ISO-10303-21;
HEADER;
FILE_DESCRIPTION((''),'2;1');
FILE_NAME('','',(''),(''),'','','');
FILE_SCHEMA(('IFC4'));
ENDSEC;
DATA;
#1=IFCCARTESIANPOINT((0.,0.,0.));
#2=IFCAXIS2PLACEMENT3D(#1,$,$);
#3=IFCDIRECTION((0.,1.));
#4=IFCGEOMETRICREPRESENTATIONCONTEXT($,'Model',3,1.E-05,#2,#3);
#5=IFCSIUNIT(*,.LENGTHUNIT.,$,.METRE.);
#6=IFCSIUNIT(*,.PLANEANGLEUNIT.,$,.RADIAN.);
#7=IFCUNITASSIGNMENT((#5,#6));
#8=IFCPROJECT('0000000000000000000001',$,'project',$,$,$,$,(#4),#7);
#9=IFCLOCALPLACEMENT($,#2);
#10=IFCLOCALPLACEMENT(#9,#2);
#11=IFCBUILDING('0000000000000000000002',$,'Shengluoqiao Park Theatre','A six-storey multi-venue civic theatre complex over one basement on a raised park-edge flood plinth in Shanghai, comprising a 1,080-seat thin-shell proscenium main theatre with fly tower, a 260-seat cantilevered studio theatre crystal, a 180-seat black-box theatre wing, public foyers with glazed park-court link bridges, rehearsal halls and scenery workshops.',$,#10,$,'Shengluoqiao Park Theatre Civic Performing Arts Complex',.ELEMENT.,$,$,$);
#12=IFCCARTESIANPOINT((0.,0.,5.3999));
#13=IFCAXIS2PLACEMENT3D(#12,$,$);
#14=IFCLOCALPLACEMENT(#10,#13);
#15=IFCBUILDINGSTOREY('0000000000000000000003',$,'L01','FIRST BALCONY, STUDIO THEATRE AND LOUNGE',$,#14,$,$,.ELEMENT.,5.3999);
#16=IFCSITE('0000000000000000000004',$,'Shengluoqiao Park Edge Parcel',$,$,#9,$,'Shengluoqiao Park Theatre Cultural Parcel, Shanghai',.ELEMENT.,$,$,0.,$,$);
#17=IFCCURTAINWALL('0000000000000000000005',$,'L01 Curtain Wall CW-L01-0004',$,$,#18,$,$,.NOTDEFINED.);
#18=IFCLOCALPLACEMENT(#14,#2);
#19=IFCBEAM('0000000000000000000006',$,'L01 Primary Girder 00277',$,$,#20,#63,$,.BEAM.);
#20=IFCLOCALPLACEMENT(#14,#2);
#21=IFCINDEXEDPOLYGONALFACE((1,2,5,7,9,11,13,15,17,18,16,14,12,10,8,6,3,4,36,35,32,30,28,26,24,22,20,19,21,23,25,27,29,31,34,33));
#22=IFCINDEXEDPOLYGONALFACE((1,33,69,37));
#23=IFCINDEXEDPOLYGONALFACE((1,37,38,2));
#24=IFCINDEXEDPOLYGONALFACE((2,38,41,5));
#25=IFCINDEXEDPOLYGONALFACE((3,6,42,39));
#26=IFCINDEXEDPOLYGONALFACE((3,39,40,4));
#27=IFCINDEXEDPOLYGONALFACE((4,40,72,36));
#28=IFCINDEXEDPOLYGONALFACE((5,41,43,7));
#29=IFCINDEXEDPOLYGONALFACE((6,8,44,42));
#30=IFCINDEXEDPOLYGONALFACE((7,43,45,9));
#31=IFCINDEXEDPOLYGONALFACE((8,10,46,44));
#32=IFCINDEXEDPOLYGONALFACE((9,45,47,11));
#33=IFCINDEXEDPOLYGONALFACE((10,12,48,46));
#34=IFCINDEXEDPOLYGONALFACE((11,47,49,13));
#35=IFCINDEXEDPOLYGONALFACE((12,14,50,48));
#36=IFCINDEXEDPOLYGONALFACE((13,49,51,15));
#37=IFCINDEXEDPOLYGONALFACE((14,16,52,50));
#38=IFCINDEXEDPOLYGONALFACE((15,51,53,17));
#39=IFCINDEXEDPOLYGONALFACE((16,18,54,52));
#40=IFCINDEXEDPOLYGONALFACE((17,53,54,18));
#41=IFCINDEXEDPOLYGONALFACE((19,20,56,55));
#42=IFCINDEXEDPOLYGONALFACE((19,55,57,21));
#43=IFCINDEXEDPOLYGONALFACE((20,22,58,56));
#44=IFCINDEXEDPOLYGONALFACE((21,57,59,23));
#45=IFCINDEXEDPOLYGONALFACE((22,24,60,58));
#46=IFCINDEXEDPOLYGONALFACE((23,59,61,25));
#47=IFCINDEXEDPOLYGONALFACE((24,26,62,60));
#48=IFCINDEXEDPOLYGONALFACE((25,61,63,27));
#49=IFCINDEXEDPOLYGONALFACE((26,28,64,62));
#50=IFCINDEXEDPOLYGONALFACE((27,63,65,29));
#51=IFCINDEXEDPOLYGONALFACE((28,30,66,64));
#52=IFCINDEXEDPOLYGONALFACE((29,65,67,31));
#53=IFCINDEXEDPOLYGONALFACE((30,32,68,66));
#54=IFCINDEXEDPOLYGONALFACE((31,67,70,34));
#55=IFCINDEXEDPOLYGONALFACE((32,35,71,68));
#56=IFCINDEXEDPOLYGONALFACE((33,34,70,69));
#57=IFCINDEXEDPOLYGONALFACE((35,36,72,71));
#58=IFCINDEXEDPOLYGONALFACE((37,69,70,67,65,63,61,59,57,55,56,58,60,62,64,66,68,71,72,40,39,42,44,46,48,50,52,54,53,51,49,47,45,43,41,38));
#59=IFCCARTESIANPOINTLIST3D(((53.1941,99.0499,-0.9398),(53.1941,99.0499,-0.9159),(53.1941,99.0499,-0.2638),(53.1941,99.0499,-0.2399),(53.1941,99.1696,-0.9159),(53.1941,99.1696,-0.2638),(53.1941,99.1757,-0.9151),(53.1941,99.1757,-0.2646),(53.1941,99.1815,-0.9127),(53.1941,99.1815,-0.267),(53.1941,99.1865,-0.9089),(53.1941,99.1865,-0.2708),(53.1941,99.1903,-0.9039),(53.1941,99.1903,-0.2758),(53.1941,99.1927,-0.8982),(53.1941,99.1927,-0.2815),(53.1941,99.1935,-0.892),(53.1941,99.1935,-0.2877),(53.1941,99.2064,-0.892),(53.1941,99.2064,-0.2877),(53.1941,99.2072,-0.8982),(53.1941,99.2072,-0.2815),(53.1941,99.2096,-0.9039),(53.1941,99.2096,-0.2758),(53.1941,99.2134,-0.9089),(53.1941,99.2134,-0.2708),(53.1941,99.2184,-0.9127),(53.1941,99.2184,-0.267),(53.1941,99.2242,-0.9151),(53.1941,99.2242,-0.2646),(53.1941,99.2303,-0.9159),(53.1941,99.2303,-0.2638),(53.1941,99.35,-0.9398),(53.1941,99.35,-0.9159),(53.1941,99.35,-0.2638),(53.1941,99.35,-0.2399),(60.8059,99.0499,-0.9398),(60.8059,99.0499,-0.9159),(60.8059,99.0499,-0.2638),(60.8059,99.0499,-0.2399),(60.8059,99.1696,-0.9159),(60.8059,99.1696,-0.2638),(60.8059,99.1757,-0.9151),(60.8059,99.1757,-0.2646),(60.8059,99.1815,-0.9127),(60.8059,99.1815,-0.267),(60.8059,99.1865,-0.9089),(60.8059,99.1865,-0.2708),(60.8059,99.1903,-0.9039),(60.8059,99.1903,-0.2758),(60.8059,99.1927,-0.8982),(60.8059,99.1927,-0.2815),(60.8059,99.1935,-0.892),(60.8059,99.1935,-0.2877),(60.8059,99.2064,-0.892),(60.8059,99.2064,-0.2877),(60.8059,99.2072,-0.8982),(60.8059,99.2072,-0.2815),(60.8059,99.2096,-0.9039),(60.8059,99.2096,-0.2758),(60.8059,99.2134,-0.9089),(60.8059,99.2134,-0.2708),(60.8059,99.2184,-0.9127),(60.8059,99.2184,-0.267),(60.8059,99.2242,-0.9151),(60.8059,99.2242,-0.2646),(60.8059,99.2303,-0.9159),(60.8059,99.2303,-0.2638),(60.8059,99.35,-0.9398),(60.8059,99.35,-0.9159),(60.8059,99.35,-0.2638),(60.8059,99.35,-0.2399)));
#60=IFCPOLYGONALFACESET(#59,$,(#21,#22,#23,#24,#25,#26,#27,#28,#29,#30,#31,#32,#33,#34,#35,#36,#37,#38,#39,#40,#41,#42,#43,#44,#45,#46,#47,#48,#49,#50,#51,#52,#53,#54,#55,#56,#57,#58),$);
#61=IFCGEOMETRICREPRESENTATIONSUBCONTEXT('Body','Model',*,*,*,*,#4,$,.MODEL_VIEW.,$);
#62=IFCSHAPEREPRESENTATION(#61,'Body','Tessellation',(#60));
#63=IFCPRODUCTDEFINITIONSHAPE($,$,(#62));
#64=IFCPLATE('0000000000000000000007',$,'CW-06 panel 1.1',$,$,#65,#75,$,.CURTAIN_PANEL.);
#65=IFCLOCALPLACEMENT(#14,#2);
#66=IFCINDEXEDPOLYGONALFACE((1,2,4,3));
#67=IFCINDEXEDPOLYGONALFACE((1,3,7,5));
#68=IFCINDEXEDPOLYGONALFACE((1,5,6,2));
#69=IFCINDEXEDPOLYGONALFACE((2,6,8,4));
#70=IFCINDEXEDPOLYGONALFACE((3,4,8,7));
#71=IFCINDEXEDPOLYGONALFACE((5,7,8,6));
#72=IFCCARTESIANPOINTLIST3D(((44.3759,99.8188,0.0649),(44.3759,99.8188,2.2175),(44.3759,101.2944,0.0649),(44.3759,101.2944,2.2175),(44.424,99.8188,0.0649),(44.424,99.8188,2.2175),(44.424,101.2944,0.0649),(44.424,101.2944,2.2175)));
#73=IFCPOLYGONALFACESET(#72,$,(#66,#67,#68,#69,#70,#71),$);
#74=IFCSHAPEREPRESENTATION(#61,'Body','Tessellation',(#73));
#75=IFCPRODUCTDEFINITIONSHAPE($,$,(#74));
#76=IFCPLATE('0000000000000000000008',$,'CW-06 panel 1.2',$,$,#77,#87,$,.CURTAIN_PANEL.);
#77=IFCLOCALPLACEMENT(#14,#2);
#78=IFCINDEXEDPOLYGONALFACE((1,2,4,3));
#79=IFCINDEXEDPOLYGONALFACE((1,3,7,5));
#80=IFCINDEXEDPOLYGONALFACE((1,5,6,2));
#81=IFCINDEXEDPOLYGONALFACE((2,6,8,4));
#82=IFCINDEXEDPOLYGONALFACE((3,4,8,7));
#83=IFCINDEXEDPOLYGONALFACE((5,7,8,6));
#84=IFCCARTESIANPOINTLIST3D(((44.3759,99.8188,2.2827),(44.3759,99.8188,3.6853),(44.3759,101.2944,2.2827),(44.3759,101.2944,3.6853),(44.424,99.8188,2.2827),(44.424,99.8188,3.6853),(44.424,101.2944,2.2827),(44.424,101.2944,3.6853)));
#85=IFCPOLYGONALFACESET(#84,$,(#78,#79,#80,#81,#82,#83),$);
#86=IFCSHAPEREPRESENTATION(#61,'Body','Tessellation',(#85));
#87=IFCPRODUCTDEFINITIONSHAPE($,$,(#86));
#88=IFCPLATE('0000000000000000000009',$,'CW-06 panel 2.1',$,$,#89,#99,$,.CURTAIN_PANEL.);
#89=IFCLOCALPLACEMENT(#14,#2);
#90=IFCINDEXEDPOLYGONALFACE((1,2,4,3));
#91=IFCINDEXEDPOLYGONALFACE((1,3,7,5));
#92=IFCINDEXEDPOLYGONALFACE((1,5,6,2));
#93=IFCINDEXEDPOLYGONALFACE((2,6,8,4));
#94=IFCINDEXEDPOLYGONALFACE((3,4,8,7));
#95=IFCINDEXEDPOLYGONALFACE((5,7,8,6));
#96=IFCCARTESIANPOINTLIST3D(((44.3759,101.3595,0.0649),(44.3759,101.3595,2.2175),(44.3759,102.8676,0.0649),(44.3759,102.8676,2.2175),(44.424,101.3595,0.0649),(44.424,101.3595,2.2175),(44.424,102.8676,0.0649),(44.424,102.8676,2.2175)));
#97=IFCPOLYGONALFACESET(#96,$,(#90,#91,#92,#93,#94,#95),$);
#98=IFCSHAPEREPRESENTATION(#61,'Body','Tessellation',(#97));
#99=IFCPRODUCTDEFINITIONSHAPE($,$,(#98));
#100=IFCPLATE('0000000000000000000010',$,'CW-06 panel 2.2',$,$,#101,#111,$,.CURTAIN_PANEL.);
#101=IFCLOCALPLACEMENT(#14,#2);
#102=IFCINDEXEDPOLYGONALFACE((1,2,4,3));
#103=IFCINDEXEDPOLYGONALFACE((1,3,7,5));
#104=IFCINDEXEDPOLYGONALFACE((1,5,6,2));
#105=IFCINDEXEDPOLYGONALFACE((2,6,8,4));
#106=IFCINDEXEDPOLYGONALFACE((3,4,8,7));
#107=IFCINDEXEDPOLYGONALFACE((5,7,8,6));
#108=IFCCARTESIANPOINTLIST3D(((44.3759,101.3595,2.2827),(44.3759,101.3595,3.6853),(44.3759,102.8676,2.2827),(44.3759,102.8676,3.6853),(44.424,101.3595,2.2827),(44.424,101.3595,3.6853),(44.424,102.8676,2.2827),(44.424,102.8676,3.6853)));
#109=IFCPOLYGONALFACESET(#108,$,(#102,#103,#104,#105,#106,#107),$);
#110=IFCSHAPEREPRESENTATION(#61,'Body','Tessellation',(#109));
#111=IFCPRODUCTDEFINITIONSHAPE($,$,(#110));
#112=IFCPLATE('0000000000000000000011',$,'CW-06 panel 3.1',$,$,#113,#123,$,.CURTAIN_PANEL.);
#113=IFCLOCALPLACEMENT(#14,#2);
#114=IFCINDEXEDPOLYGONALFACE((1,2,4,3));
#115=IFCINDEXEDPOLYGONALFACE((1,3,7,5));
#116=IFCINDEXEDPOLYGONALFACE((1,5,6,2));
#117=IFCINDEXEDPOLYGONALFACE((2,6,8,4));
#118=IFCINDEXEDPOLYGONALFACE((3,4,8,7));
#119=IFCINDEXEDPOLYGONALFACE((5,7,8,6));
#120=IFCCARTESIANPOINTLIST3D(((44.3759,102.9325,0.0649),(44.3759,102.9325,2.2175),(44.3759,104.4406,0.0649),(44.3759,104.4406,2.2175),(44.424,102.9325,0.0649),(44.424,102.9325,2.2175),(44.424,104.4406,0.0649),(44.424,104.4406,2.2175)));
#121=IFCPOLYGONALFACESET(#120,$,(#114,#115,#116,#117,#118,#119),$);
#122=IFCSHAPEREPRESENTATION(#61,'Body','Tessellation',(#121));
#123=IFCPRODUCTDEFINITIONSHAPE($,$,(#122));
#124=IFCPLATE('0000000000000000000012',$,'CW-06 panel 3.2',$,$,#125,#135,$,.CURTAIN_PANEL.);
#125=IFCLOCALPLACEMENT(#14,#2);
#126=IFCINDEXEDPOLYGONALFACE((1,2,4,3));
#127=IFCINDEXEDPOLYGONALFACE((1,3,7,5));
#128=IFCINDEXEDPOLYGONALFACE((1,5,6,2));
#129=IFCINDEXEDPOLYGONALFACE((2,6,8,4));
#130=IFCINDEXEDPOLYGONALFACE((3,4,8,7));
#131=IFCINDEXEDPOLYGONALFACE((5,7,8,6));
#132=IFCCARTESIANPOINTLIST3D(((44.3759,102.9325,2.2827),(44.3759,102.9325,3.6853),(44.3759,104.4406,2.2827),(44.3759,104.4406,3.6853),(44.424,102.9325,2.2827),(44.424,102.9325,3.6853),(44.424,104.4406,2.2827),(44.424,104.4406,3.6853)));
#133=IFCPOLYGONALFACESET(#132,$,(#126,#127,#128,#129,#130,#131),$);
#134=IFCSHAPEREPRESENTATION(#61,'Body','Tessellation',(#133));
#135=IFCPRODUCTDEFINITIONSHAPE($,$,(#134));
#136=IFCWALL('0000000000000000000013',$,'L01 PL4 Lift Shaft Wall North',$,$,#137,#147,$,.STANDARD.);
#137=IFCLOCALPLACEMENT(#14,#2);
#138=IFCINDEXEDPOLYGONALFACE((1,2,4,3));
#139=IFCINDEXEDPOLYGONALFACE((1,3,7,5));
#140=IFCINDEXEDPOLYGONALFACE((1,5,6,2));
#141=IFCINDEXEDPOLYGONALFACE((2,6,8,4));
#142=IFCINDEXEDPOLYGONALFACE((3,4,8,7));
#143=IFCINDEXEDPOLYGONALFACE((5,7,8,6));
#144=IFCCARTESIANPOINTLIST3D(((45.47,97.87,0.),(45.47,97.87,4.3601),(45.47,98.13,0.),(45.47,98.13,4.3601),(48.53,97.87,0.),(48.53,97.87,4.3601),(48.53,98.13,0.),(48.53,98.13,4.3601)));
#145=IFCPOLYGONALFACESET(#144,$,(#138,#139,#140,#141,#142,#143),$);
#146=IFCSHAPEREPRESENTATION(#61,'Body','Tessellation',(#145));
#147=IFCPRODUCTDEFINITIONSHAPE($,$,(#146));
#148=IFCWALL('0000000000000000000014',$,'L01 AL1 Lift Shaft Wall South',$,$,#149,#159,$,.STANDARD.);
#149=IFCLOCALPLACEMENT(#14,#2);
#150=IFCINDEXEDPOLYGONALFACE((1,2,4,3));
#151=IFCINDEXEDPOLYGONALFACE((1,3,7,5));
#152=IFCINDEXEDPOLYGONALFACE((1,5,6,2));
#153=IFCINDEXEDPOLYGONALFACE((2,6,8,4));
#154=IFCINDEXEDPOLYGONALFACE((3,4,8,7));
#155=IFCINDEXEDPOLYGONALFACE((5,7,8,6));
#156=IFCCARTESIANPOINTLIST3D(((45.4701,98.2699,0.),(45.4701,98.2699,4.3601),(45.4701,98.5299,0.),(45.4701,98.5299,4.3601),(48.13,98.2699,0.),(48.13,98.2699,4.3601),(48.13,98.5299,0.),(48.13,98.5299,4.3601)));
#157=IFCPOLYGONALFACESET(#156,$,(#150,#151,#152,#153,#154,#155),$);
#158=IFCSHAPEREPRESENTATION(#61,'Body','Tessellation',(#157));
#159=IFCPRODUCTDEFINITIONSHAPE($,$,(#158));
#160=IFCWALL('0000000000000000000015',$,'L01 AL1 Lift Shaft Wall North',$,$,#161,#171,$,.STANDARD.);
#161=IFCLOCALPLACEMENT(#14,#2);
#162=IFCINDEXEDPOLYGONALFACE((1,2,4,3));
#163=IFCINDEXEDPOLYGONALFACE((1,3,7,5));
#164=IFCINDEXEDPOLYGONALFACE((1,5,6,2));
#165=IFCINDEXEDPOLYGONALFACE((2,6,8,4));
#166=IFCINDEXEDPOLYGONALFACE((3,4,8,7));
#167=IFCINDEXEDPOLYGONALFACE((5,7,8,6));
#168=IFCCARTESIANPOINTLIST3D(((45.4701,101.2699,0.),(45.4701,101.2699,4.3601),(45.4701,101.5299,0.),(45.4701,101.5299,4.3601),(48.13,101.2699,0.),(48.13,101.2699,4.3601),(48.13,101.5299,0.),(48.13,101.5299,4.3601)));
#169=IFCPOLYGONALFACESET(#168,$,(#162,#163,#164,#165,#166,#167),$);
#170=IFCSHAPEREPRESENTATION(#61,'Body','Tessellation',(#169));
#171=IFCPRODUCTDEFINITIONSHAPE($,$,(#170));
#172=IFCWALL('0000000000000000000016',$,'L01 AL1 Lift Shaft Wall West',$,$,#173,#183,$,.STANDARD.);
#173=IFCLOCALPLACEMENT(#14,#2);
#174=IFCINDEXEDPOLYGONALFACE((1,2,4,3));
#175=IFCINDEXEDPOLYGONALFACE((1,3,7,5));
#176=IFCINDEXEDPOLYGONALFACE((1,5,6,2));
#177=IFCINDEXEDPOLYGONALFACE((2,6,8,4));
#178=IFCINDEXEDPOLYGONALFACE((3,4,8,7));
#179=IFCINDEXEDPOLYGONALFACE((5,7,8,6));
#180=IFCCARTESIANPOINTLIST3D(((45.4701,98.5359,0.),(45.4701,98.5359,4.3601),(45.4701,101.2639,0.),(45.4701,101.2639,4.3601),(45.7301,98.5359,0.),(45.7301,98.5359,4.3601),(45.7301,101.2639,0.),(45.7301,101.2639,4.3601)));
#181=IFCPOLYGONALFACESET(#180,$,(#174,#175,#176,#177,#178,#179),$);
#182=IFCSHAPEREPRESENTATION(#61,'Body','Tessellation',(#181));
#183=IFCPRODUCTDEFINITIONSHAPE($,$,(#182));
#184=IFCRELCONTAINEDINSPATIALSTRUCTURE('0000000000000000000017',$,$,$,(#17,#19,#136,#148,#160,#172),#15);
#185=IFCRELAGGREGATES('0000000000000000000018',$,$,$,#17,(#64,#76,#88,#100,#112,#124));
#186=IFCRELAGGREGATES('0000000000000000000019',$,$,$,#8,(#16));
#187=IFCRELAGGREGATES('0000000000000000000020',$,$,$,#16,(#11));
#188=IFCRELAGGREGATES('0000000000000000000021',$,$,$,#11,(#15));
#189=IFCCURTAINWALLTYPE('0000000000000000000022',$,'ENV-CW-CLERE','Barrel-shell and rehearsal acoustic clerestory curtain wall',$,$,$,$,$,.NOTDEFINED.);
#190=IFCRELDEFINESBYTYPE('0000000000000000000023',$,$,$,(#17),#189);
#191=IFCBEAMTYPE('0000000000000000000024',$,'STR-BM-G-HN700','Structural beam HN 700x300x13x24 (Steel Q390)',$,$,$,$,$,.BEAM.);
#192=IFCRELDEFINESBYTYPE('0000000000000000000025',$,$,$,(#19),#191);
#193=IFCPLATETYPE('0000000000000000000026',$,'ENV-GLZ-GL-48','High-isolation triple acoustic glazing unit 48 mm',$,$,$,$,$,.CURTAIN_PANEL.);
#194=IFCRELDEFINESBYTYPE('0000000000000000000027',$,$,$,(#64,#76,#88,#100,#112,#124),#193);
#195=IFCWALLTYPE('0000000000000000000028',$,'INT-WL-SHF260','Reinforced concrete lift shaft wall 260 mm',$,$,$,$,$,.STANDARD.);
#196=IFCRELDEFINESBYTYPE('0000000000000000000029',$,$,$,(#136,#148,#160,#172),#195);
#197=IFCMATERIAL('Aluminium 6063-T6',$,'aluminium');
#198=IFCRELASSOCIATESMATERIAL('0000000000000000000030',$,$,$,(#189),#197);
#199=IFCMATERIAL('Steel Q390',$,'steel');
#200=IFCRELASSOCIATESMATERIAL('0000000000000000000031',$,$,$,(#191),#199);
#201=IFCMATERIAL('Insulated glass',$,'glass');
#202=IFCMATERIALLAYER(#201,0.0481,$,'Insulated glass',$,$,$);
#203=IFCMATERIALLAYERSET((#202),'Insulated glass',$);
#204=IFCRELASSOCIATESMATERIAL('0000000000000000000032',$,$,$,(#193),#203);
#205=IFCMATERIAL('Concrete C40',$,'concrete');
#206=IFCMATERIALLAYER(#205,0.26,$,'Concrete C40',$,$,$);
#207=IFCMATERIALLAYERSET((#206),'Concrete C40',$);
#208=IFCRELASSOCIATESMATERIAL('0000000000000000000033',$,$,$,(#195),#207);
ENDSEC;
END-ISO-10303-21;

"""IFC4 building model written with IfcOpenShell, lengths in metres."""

from ifc_helpers import new_model, si_unit, direction, frame, frame_2d, origin, origin_2d, place, context, subcontext, project, spatial, rectangle, i_section, extrude, material, layer, layer_set, material_profile, profile_set, type_object, element, aggregate, save


model = new_model("IFC4")

# Units and contexts
model_context = context("Model", 3, precision=1e-05, world=origin(), true_north=direction((0.0, 1.0)))
body_context = subcontext(model_context, "Body", "Model", "MODEL_VIEW")
ifc_project = project(units=[si_unit("LENGTHUNIT", "METRE"), si_unit("PLANEANGLEUNIT", "RADIAN")], contexts=[model_context])

# Site, building, storey
site_placement = place(None, origin())
site = spatial("IfcSite", under=ifc_project, at=site_placement, Name="Shengluoqiao Park Edge Parcel", LongName="Shengluoqiao Park Theatre Cultural Parcel, Shanghai", CompositionType="ELEMENT", RefElevation=0.0)
building_placement = place(site_placement, origin())
building = spatial("IfcBuilding", under=site, at=building_placement, Name="Shengluoqiao Park Theatre", Description="A six-storey multi-venue civic theatre complex over one basement on a raised park-edge flood plinth in Shanghai, comprising a 1,080-seat thin-shell proscenium main theatre with fly tower, a 260-seat cantilevered studio theatre crystal, a 180-seat black-box theatre wing, public foyers with glazed park-court link bridges, rehearsal halls and scenery workshops.", LongName="Shengluoqiao Park Theatre Civic Performing Arts Complex", CompositionType="ELEMENT")
storey_placement = place(building_placement, frame((0.0, 0.0, 5.3999)))
storey = spatial("IfcBuildingStorey", under=building, at=storey_placement, Name="L01", Description="FIRST BALCONY, STUDIO THEATRE AND LOUNGE", CompositionType="ELEMENT", Elevation=5.3999)

# Curtain wall
ifc_material_1 = material(Name="Aluminium 6063-T6", Category="aluminium")
curtain_wall_type = type_object("IfcCurtainWallType", Name="ENV-CW-CLERE", Description="Barrel-shell and rehearsal acoustic clerestory curtain wall", PredefinedType="NOTDEFINED", material=ifc_material_1)
curtain_wall_placement = place(storey_placement, origin())
curtain_wall = element("IfcCurtainWall", 1, at=curtain_wall_placement, inside=storey, type_object=curtain_wall_type, Name="L01 Curtain Wall CW-L01-0004", PredefinedType="NOTDEFINED")

# Beam
ifc_material_2 = material(Name="Steel Q390", Category="steel")
ifc_material_profile_1 = material_profile(ifc_material_2, i_section(OverallWidth=0.3, OverallDepth=0.7, WebThickness=0.0129, FlangeThickness=0.0239, FilletRadius=0.0239, at=origin_2d()), Name="HN 700x300x13x24")
ifc_profile_set_1 = profile_set([ifc_material_profile_1], Name="Steel Q390")
beam_type_1 = type_object("IfcBeamType", Name="STR-BM-G-HN700", Description="Structural beam HN 700x300x13x24 (Steel Q390)", PredefinedType="BEAM", material=ifc_profile_set_1)
beam_1_placement = place(storey_placement, frame((53.1941, 99.2, -0.5898), z_axis=(1.0, 0.0, 0.0), x_axis=(0.0, 1.0, 0.0)))
element("IfcBeam", 2, at=beam_1_placement, inside=storey, type_object=beam_type_1, Name="L01 Primary Girder 00277", PredefinedType="BEAM", context=body_context, shape_type="SweptSolid", body=[
    extrude(i_section(OverallWidth=0.3, OverallDepth=0.7, WebThickness=0.0129, FlangeThickness=0.0239, FilletRadius=0.0239, at=origin_2d()), origin(), (0.0, 0.0, 1.0), 7.6118),
])

# Plates
ifc_material_3 = material(Name="Insulated glass", Category="glass")
ifc_layer_1 = layer(ifc_material_3, 0.0481, Name="Insulated glass")
ifc_layer_set_1 = layer_set([ifc_layer_1], Name="Insulated glass")
plate_type = type_object("IfcPlateType", Name="ENV-GLZ-GL-48", Description="High-isolation triple acoustic glazing unit 48 mm", PredefinedType="CURTAIN_PANEL", material=ifc_layer_set_1)
plate_1_placement = place(storey_placement, frame((44.3999, 100.5566, 0.0649), z_axis=(0.0, 0.0, 1.0), x_axis=(0.0, 1.0, 0.0)))
plate_1 = element("IfcPlate", 3, at=plate_1_placement, type_object=plate_type, Name="CW-06 panel 1.1", PredefinedType="CURTAIN_PANEL", context=body_context, shape_type="SweptSolid", body=[
    extrude(rectangle(XDim=1.4756, YDim=0.0481, at=origin_2d()), origin(), (0.0, 0.0, 1.0), 2.1526),
])
plate_2_placement = place(storey_placement, frame((44.3999, 100.5566, 2.2827), z_axis=(0.0, 0.0, 1.0), x_axis=(0.0, 1.0, 0.0)))
plate_2 = element("IfcPlate", 4, at=plate_2_placement, type_object=plate_type, Name="CW-06 panel 1.2", PredefinedType="CURTAIN_PANEL", context=body_context, shape_type="SweptSolid", body=[
    extrude(rectangle(XDim=1.4756, YDim=0.0481, at=origin_2d()), origin(), (0.0, 0.0, 1.0), 1.4026),
])
plate_3_placement = place(storey_placement, frame((44.3999, 102.1135, 0.0649), z_axis=(0.0, 0.0, 1.0), x_axis=(0.0, 1.0, 0.0)))
plate_3 = element("IfcPlate", 5, at=plate_3_placement, type_object=plate_type, Name="CW-06 panel 2.1", PredefinedType="CURTAIN_PANEL", context=body_context, shape_type="SweptSolid", body=[
    extrude(rectangle(XDim=1.5081, YDim=0.0481, at=origin_2d()), origin(), (0.0, 0.0, 1.0), 2.1526),
])
plate_4_placement = place(storey_placement, frame((44.3999, 102.1135, 2.2827), z_axis=(0.0, 0.0, 1.0), x_axis=(0.0, 1.0, 0.0)))
plate_4 = element("IfcPlate", 6, at=plate_4_placement, type_object=plate_type, Name="CW-06 panel 2.2", PredefinedType="CURTAIN_PANEL", context=body_context, shape_type="SweptSolid", body=[
    extrude(rectangle(XDim=1.5081, YDim=0.0481, at=origin_2d()), origin(), (0.0, 0.0, 1.0), 1.4026),
])
plate_5_placement = place(storey_placement, frame((44.3999, 103.6865, 0.0649), z_axis=(0.0, 0.0, 1.0), x_axis=(0.0, 1.0, 0.0)))
plate_5 = element("IfcPlate", 7, at=plate_5_placement, type_object=plate_type, Name="CW-06 panel 3.1", PredefinedType="CURTAIN_PANEL", context=body_context, shape_type="SweptSolid", body=[
    extrude(rectangle(XDim=1.5081, YDim=0.0481, at=origin_2d()), origin(), (0.0, 0.0, 1.0), 2.1526),
])
plate_6_placement = place(storey_placement, frame((44.3999, 103.6865, 2.2827), z_axis=(0.0, 0.0, 1.0), x_axis=(0.0, 1.0, 0.0)))
plate_6 = element("IfcPlate", 8, at=plate_6_placement, type_object=plate_type, Name="CW-06 panel 3.2", PredefinedType="CURTAIN_PANEL", context=body_context, shape_type="SweptSolid", body=[
    extrude(rectangle(XDim=1.5081, YDim=0.0481, at=origin_2d()), origin(), (0.0, 0.0, 1.0), 1.4026),
])
aggregate(curtain_wall, [plate_1, plate_2, plate_3, plate_4, plate_5, plate_6])

# Walls
ifc_material_4 = material(Name="Concrete C40", Category="concrete")
ifc_layer_2 = layer(ifc_material_4, 0.26, Name="Concrete C40")
ifc_layer_set_2 = layer_set([ifc_layer_2], Name="Concrete C40")
wall_type_1 = type_object("IfcWallType", Name="INT-WL-SHF260", Description="Reinforced concrete lift shaft wall 260 mm", PredefinedType="STANDARD", material=ifc_layer_set_2)
wall_1_placement = place(storey_placement, frame((45.47, 98.0, 0.0), z_axis=(0.0, 0.0, 1.0), x_axis=(1.0, 0.0, 0.0)))
element("IfcWall", 9, at=wall_1_placement, inside=storey, type_object=wall_type_1, Name="L01 PL4 Lift Shaft Wall North", PredefinedType="STANDARD", context=body_context, shape_type="SweptSolid", body=[
    extrude(rectangle(XDim=3.0601, YDim=0.26, at=frame_2d((1.53, 0.0))), origin(), (0.0, 0.0, 1.0), 4.3601),
])
for number, where, z_axis, x_axis, name in (
    (10, (45.47, 98.3999, 0.0), (0.0, 0.0, 1.0), (1.0, 0.0, 0.0), "L01 AL1 Lift Shaft Wall South"),
    (11, (45.47, 101.3999, 0.0), (0.0, 0.0, 1.0), (1.0, 0.0, 0.0), "L01 AL1 Lift Shaft Wall North"),
):
    element("IfcWall", number, at=place(storey_placement, frame(where, z_axis=z_axis, x_axis=x_axis)), inside=storey, type_object=wall_type_1, Name=name, PredefinedType="STANDARD", context=body_context, shape_type="SweptSolid", body=[
        extrude(rectangle(XDim=2.6599, YDim=0.26, at=frame_2d((1.3301, 0.0))), origin(), (0.0, 0.0, 1.0), 4.3601),
    ])
wall_2_placement = place(storey_placement, frame((45.6001, 98.5359, 0.0), z_axis=(0.0, 0.0, 1.0), x_axis=(0.0, 1.0, 0.0)))
element("IfcWall", 12, at=wall_2_placement, inside=storey, type_object=wall_type_1, Name="L01 AL1 Lift Shaft Wall West", PredefinedType="STANDARD", context=body_context, shape_type="SweptSolid", body=[
    extrude(rectangle(XDim=2.728, YDim=0.26, at=frame_2d((1.364, 0.0))), origin(), (0.0, 0.0, 1.0), 4.3601),
])

save(model, "model.ifc")
